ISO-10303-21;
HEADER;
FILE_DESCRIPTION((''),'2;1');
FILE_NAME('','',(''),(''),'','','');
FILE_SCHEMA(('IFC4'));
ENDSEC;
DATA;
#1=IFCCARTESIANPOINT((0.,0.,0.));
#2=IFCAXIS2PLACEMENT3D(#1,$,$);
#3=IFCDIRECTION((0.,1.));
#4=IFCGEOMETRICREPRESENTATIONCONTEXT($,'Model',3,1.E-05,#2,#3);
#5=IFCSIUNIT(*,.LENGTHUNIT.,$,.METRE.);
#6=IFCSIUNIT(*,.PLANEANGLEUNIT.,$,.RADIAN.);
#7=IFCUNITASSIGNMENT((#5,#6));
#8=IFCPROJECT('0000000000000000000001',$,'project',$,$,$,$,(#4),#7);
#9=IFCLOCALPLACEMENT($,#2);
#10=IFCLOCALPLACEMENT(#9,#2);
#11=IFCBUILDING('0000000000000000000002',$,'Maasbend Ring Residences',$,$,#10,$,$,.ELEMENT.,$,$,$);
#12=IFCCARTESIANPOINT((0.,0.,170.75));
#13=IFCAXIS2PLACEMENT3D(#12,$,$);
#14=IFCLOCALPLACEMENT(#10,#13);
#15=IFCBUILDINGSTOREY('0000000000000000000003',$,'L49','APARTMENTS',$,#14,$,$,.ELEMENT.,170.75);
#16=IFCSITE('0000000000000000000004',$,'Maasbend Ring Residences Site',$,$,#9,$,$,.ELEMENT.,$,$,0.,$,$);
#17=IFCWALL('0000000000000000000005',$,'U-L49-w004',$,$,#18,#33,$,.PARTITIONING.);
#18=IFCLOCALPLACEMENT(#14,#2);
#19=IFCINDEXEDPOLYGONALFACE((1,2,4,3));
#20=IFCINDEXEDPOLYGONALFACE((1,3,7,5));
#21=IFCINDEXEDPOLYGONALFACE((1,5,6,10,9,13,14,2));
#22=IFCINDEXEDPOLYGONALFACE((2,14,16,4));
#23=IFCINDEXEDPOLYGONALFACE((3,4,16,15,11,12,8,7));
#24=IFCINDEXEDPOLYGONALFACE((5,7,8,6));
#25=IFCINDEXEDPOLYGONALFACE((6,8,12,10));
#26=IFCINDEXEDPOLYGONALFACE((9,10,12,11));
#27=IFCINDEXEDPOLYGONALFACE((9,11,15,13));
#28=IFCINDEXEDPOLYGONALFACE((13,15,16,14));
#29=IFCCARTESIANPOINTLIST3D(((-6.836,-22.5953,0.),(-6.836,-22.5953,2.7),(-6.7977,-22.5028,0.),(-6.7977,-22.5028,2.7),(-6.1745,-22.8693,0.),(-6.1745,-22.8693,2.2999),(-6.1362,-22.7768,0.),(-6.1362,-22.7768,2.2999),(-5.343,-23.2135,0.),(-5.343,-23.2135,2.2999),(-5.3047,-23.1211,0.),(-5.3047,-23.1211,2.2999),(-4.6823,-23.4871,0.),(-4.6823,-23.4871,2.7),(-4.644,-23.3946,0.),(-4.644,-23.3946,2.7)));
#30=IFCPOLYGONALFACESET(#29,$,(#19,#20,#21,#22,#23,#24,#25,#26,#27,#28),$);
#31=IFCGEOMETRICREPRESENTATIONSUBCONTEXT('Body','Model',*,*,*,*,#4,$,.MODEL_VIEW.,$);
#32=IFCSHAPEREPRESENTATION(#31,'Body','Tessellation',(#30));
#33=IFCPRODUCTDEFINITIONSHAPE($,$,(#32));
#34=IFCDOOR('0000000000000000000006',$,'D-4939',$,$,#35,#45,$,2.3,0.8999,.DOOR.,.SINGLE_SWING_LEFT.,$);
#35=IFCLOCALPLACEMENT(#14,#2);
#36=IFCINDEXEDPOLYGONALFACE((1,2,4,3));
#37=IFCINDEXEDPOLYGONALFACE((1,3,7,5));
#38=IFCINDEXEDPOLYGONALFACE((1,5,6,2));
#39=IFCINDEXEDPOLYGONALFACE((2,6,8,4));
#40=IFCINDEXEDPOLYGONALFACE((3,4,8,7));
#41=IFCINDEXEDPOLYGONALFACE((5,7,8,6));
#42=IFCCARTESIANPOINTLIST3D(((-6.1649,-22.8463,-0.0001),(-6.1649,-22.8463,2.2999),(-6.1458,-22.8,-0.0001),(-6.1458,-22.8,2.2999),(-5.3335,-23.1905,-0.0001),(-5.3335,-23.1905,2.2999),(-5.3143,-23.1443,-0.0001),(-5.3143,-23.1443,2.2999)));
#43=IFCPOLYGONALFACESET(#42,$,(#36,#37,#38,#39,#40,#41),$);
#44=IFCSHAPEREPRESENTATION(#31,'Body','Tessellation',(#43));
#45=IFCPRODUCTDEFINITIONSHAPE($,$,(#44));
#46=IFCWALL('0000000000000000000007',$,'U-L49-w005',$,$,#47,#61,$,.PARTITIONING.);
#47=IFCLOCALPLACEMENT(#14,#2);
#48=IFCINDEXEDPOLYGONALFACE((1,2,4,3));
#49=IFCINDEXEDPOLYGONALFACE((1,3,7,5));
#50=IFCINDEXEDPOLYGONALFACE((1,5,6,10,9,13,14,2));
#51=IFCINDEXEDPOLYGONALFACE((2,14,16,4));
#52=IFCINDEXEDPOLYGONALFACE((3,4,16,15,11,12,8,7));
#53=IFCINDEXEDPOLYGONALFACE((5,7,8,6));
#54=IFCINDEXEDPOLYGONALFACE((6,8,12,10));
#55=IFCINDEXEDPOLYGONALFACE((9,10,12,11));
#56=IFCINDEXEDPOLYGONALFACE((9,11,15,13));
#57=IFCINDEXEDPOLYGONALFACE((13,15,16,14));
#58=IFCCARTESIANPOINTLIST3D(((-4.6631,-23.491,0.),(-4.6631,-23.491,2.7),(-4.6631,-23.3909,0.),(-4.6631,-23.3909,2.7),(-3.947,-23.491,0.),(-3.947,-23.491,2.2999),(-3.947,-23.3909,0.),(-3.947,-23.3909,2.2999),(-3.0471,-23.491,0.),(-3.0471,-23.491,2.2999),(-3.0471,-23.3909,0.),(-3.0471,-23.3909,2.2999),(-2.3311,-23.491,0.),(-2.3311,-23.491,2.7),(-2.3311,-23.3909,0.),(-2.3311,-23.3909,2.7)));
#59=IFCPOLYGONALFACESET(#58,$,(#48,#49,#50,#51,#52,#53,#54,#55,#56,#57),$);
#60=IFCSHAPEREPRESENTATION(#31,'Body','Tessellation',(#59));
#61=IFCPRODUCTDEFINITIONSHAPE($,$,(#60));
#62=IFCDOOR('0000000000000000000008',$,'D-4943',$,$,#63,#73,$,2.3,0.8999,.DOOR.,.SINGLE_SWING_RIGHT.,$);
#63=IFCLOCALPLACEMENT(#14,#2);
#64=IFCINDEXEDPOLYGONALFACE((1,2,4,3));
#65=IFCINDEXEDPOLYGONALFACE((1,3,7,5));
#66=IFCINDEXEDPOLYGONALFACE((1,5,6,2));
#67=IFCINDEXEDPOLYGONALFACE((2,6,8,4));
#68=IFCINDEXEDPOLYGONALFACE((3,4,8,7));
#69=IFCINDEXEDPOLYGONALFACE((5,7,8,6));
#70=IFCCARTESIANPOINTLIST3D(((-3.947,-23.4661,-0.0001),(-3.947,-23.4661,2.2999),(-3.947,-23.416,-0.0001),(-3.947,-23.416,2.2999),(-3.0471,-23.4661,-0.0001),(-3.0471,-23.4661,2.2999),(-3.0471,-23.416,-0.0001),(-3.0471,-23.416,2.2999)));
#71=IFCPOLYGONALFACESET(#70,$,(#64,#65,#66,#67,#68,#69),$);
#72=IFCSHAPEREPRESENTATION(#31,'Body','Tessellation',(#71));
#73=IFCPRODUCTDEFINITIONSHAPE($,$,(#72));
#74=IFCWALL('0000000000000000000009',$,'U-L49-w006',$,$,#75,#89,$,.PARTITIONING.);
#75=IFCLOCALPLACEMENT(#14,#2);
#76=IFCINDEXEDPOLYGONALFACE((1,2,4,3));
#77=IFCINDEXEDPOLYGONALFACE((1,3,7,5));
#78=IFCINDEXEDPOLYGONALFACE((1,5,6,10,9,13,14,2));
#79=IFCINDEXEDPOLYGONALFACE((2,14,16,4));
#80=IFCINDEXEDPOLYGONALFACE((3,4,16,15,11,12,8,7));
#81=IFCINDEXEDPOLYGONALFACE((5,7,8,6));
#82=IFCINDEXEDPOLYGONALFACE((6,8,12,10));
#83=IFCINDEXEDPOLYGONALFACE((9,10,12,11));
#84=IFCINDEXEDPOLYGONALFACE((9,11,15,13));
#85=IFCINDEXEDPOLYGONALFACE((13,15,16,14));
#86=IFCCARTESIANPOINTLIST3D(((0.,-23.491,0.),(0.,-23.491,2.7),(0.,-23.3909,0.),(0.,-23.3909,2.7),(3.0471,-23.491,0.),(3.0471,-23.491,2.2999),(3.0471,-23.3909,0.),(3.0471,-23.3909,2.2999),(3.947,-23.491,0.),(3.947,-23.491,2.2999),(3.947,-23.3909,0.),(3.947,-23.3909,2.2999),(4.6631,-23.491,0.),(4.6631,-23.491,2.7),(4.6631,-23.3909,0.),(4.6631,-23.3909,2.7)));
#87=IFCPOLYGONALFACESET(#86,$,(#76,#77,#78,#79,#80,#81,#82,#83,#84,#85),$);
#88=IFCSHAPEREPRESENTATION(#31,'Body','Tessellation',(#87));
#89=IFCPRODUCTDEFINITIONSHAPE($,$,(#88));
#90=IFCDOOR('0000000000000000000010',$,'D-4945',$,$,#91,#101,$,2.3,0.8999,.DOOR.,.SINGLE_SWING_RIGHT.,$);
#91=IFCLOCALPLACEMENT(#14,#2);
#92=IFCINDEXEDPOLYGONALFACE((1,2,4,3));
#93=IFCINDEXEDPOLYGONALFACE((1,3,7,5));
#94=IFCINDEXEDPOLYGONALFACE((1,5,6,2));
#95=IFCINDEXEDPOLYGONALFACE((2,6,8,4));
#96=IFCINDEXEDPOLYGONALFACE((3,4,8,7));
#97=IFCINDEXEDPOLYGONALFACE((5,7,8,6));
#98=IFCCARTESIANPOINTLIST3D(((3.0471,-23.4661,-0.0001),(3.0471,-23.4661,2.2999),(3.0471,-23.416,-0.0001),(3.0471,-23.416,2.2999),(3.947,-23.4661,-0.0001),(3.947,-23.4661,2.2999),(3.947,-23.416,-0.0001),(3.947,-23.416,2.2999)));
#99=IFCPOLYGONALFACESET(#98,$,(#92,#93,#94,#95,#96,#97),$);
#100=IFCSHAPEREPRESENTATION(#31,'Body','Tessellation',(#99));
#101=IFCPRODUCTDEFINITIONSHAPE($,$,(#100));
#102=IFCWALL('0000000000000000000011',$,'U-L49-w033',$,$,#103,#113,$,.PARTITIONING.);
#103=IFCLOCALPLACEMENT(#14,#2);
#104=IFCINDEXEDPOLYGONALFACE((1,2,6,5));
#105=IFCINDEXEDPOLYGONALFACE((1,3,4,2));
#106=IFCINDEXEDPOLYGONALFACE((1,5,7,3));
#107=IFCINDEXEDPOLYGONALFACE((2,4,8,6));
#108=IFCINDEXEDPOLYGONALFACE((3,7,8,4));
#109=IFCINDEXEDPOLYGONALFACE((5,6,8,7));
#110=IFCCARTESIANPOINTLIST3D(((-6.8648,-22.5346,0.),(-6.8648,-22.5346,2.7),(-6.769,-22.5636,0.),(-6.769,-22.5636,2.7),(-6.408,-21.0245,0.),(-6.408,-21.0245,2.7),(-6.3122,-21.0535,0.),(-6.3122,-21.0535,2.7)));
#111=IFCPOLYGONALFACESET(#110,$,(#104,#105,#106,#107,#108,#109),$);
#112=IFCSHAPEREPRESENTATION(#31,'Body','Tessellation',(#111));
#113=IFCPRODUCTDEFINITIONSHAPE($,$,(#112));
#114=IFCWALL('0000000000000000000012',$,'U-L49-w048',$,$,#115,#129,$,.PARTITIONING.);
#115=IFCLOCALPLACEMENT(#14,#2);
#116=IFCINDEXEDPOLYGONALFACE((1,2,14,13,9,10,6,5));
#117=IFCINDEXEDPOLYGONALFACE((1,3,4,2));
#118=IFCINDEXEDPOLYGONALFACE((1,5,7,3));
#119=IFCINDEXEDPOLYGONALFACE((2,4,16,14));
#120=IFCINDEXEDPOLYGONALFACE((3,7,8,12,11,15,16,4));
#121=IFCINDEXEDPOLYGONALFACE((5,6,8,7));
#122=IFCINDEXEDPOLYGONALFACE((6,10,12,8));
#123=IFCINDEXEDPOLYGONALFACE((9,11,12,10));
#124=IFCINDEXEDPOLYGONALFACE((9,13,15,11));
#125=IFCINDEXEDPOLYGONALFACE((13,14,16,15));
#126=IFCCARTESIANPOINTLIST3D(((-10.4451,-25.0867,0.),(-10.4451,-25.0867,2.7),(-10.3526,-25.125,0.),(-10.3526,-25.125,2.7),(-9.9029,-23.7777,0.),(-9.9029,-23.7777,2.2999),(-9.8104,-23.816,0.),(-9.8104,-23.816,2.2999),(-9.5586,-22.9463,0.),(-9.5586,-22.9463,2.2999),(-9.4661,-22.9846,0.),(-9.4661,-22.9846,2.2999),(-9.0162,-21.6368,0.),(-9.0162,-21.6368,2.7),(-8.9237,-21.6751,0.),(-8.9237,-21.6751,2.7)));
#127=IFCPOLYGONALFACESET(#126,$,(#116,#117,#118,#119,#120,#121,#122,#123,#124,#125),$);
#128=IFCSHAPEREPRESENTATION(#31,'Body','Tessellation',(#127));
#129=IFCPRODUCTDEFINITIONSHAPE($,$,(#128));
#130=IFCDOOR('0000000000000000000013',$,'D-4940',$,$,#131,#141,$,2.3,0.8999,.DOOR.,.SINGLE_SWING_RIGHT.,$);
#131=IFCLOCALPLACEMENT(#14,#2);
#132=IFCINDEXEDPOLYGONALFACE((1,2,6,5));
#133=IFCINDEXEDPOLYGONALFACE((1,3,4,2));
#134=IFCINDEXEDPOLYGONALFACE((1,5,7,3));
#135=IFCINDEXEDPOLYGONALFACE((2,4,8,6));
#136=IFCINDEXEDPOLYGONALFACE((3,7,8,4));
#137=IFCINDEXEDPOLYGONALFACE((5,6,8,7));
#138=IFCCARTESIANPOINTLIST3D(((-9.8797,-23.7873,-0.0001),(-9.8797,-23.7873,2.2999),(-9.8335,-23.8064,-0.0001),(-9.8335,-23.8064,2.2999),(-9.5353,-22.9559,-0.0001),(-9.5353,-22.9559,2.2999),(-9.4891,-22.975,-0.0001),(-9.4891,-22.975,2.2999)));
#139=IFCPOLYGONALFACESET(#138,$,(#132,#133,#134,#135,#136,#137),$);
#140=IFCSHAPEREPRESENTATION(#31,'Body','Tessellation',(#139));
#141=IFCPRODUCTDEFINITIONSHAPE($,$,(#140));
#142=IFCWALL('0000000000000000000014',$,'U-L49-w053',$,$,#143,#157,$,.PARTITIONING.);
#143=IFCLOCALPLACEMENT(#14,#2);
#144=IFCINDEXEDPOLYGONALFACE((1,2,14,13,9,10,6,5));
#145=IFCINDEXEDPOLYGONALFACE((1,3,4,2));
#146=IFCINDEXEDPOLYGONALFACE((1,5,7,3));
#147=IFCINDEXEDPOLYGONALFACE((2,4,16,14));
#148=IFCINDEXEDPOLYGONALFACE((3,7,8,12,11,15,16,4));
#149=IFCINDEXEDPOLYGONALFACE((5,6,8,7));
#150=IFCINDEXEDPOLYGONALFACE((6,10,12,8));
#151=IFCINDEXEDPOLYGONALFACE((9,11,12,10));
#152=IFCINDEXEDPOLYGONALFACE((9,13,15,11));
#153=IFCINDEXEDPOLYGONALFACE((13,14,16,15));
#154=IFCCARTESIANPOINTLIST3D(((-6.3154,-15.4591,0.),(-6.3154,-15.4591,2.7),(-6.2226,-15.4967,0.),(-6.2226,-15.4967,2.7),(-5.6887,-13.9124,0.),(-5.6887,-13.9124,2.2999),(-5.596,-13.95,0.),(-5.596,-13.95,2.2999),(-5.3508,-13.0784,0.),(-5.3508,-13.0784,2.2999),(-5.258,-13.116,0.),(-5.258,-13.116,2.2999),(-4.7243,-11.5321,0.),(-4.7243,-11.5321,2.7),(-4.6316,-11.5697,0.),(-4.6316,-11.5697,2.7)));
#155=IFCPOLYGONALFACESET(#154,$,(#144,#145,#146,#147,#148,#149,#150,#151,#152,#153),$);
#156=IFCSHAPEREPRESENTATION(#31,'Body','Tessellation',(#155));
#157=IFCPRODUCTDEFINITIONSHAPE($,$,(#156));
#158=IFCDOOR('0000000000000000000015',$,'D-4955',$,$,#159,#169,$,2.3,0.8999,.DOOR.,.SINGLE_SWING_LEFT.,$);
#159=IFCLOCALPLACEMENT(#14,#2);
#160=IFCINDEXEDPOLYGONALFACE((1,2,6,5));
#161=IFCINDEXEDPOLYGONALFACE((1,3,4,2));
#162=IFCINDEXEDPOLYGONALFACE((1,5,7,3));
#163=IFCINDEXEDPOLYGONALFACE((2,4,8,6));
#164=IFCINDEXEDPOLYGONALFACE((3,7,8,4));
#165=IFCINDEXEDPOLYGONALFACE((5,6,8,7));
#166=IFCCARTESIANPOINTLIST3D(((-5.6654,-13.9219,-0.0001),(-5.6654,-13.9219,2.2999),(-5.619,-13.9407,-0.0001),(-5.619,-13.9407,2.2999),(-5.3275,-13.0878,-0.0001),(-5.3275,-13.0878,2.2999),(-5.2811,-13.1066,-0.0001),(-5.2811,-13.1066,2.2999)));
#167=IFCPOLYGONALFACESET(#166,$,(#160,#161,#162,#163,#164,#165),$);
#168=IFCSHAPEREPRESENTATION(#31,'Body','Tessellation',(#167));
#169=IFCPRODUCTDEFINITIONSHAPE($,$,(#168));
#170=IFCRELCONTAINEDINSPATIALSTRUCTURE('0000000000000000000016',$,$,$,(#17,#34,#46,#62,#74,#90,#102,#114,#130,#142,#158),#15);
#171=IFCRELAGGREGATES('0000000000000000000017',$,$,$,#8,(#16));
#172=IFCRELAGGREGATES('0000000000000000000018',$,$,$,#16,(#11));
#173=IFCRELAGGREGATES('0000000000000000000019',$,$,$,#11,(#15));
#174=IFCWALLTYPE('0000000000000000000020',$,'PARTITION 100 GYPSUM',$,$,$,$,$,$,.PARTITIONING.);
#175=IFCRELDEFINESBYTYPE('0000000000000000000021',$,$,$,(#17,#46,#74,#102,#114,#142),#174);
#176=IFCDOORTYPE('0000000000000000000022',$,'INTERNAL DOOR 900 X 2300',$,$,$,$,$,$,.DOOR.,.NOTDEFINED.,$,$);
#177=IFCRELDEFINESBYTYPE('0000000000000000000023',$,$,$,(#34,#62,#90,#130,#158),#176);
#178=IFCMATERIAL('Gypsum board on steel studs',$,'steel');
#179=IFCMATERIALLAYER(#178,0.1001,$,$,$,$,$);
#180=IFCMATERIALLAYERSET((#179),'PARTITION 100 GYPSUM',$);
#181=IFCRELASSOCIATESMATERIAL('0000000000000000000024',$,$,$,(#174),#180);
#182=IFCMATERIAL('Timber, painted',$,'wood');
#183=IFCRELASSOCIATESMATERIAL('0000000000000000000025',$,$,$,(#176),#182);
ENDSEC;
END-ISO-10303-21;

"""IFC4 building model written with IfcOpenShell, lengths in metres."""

from ifc_helpers import new_model, si_unit, direction, frame, frame_2d, origin, place, context, subcontext, project, spatial, rectangle, extrude, material, layer, layer_set, type_object, element, fill, save


model = new_model("IFC4")

# Units and contexts
model_context = context("Model", 3, precision=1e-05, world=origin(), true_north=direction((0.0, 1.0)))
body_context = subcontext(model_context, "Body", "Model", "MODEL_VIEW")
ifc_project = project(units=[si_unit("LENGTHUNIT", "METRE"), si_unit("PLANEANGLEUNIT", "RADIAN")], contexts=[model_context])

# Site, building, storey
site_placement = place(None, origin())
site = spatial("IfcSite", under=ifc_project, at=site_placement, Name="Maasbend Ring Residences Site", CompositionType="ELEMENT", RefElevation=0.0)
building_placement = place(site_placement, origin())
building = spatial("IfcBuilding", under=site, at=building_placement, Name="Maasbend Ring Residences", CompositionType="ELEMENT")
storey_placement = place(building_placement, frame((0.0, 0.0, 170.75)))
storey = spatial("IfcBuildingStorey", under=building, at=storey_placement, Name="L49", Description="APARTMENTS", CompositionType="ELEMENT", Elevation=170.75)

# Walls, openings, doors
ifc_material_1 = material(Name="Gypsum board on steel studs", Category="steel")
ifc_layer_1 = layer(ifc_material_1, 0.1001)
ifc_layer_set_1 = layer_set([ifc_layer_1], Name="PARTITION 100 GYPSUM")
wall_type_1 = type_object("IfcWallType", Name="PARTITION 100 GYPSUM", PredefinedType="PARTITIONING", material=ifc_layer_set_1)
wall_1_placement = place(storey_placement, frame((-6.8169, -22.5491, 0.0), z_axis=(0.0, 0.0, 1.0), x_axis=(0.923924, -0.382577, 0.0)))
wall_1 = element("IfcWall", 1, at=wall_1_placement, inside=storey, type_object=wall_type_1, Name="U-L49-w004", PredefinedType="PARTITIONING", context=body_context, shape_type="SweptSolid", body=[
    extrude(rectangle(XDim=2.3311, YDim=0.1001, at=frame_2d((1.1655, 0.0))), origin(), (0.0, 0.0, 1.0), 2.7),
])
opening_1_placement = place(wall_1_placement, frame((0.7161, 0.0, 0.0)))
opening_1 = element("IfcOpeningElement", 2, at=opening_1_placement, cuts=wall_1, PredefinedType="OPENING", context=body_context, shape_type="SweptSolid", body=[
    extrude(rectangle(XDim=0.8999, YDim=2.3, at=frame_2d((0.45, 1.1499))), frame((0.0, 0.0601, 0.0), z_axis=(0.0, -1.0, 0.0), x_axis=(1.0, 0.0, 0.0)), (0.0, 0.0, 1.0), 0.1201),
])
ifc_material_2 = material(Name="Timber, painted", Category="wood")
door_type_1 = type_object("IfcDoorType", Name="INTERNAL DOOR 900 X 2300", OperationType="NOTDEFINED", PredefinedType="DOOR", material=ifc_material_2)
door_1_placement = place(opening_1_placement, origin())
door_1 = element("IfcDoor", 3, at=door_1_placement, inside=storey, type_object=door_type_1, Name="D-4939", OperationType="SINGLE_SWING_LEFT", OverallHeight=2.3, OverallWidth=0.8999, PredefinedType="DOOR", context=body_context, shape_type="SweptSolid", body=[
    extrude(rectangle(XDim=0.8999, YDim=2.3, at=frame_2d((0.45, 1.1499))), frame((0.0, 0.0249, 0.0), z_axis=(0.0, -1.0, 0.0), x_axis=(1.0, 0.0, 0.0)), (0.0, 0.0, 1.0), 0.05),
])
fill(opening_1, door_1)
wall_2_placement = place(storey_placement, frame((-4.6631, -23.4409, 0.0), z_axis=(0.0, 0.0, 1.0), x_axis=(1.0, 0.0, 0.0)))
wall_2 = element("IfcWall", 4, at=wall_2_placement, inside=storey, type_object=wall_type_1, Name="U-L49-w005", PredefinedType="PARTITIONING", context=body_context, shape_type="SweptSolid", body=[
    extrude(rectangle(XDim=2.332, YDim=0.1001, at=frame_2d((1.166, 0.0))), origin(), (0.0, 0.0, 1.0), 2.7),
])
opening_2_placement = place(wall_2_placement, frame((0.7161, 0.0, 0.0)))
opening_2 = element("IfcOpeningElement", 5, at=opening_2_placement, cuts=wall_2, PredefinedType="OPENING", context=body_context, shape_type="SweptSolid", body=[
    extrude(rectangle(XDim=0.8999, YDim=2.3, at=frame_2d((0.45, 1.1499))), frame((0.0, 0.0601, 0.0), z_axis=(0.0, -1.0, 0.0), x_axis=(1.0, 0.0, 0.0)), (0.0, 0.0, 1.0), 0.1201),
])
door_2_placement = place(opening_2_placement, origin())
door_2 = element("IfcDoor", 6, at=door_2_placement, inside=storey, type_object=door_type_1, Name="D-4943", OperationType="SINGLE_SWING_RIGHT", OverallHeight=2.3, OverallWidth=0.8999, PredefinedType="DOOR", context=body_context, shape_type="SweptSolid", body=[
    extrude(rectangle(XDim=0.8999, YDim=2.3, at=frame_2d((0.45, 1.1499))), frame((0.0, 0.0249, 0.0), z_axis=(0.0, -1.0, 0.0), x_axis=(1.0, 0.0, 0.0)), (0.0, 0.0, 1.0), 0.05),
])
fill(opening_2, door_2)
wall_3_placement = place(storey_placement, frame((0.0, -23.4409, 0.0), z_axis=(0.0, 0.0, 1.0), x_axis=(1.0, 0.0, 0.0)))
wall_3 = element("IfcWall", 7, at=wall_3_placement, inside=storey, type_object=wall_type_1, Name="U-L49-w006", PredefinedType="PARTITIONING", context=body_context, shape_type="SweptSolid", body=[
    extrude(rectangle(XDim=4.6631, YDim=0.1001, at=frame_2d((2.3315, 0.0))), origin(), (0.0, 0.0, 1.0), 2.7),
])
opening_3_placement = place(wall_3_placement, frame((3.0471, 0.0, 0.0)))
opening_3 = element("IfcOpeningElement", 8, at=opening_3_placement, cuts=wall_3, PredefinedType="OPENING", context=body_context, shape_type="SweptSolid", body=[
    extrude(rectangle(XDim=0.8999, YDim=2.3, at=frame_2d((0.45, 1.1499))), frame((0.0, 0.0601, 0.0), z_axis=(0.0, -1.0, 0.0), x_axis=(1.0, 0.0, 0.0)), (0.0, 0.0, 1.0), 0.1201),
])
door_3_placement = place(opening_3_placement, origin())
door_3 = element("IfcDoor", 9, at=door_3_placement, inside=storey, type_object=door_type_1, Name="D-4945", OperationType="SINGLE_SWING_RIGHT", OverallHeight=2.3, OverallWidth=0.8999, PredefinedType="DOOR", context=body_context, shape_type="SweptSolid", body=[
    extrude(rectangle(XDim=0.8999, YDim=2.3, at=frame_2d((0.45, 1.1499))), frame((0.0, 0.0249, 0.0), z_axis=(0.0, -1.0, 0.0), x_axis=(1.0, 0.0, 0.0)), (0.0, 0.0, 1.0), 0.05),
])
fill(opening_3, door_3)

# Wall
wall_4_placement = place(storey_placement, frame((-6.8169, -22.5491, 0.0), z_axis=(0.0, 0.0, 1.0), x_axis=(0.289548, 0.957164, 0.0)))
element("IfcWall", 10, at=wall_4_placement, inside=storey, type_object=wall_type_1, Name="U-L49-w033", PredefinedType="PARTITIONING", context=body_context, shape_type="SweptSolid", body=[
    extrude(rectangle(XDim=1.5776, YDim=0.1001, at=frame_2d((0.7888, 0.0))), origin(), (0.0, 0.0, 1.0), 2.7),
])

# Walls, openings, doors
wall_5_placement = place(storey_placement, frame((-10.3989, -25.106, 0.0), z_axis=(0.0, 0.0, 1.0), x_axis=(0.382669, 0.923885, 0.0)))
wall_5 = element("IfcWall", 11, at=wall_5_placement, inside=storey, type_object=wall_type_1, Name="U-L49-w048", PredefinedType="PARTITIONING", context=body_context, shape_type="SweptSolid", body=[
    extrude(rectangle(XDim=3.7341, YDim=0.1001, at=frame_2d((1.8672, 0.0))), origin(), (0.0, 0.0, 1.0), 2.7),
])
opening_4_placement = place(wall_5_placement, frame((1.417, 0.0, 0.0)))
opening_4 = element("IfcOpeningElement", 12, at=opening_4_placement, cuts=wall_5, PredefinedType="OPENING", context=body_context, shape_type="SweptSolid", body=[
    extrude(rectangle(XDim=0.8999, YDim=2.3, at=frame_2d((0.45, 1.1499))), frame((0.0, 0.0601, 0.0), z_axis=(0.0, -1.0, 0.0), x_axis=(1.0, 0.0, 0.0)), (0.0, 0.0, 1.0), 0.1201),
])
door_4_placement = place(opening_4_placement, origin())
door_4 = element("IfcDoor", 13, at=door_4_placement, inside=storey, type_object=door_type_1, Name="D-4940", OperationType="SINGLE_SWING_RIGHT", OverallHeight=2.3, OverallWidth=0.8999, PredefinedType="DOOR", context=body_context, shape_type="SweptSolid", body=[
    extrude(rectangle(XDim=0.8999, YDim=2.3, at=frame_2d((0.45, 1.1499))), frame((0.0, 0.0249, 0.0), z_axis=(0.0, -1.0, 0.0), x_axis=(1.0, 0.0, 0.0)), (0.0, 0.0, 1.0), 0.05),
])
fill(opening_4, door_4)
wall_6_placement = place(storey_placement, frame((-6.269, -15.478, 0.0), z_axis=(0.0, 0.0, 1.0), x_axis=(0.37551, 0.926818, 0.0)))
wall_6 = element("IfcWall", 14, at=wall_6_placement, inside=storey, type_object=wall_type_1, Name="U-L49-w053", PredefinedType="PARTITIONING", context=body_context, shape_type="SweptSolid", body=[
    extrude(rectangle(XDim=4.2371, YDim=0.1001, at=frame_2d((2.1187, 0.0))), origin(), (0.0, 0.0, 1.0), 2.7),
])
opening_5_placement = place(wall_6_placement, frame((1.6689, 0.0, 0.0)))
opening_5 = element("IfcOpeningElement", 15, at=opening_5_placement, cuts=wall_6, PredefinedType="OPENING", context=body_context, shape_type="SweptSolid", body=[
    extrude(rectangle(XDim=0.8999, YDim=2.3, at=frame_2d((0.45, 1.1499))), frame((0.0, 0.0601, 0.0), z_axis=(0.0, -1.0, 0.0), x_axis=(1.0, 0.0, 0.0)), (0.0, 0.0, 1.0), 0.1201),
])
door_5_placement = place(opening_5_placement, origin())
door_5 = element("IfcDoor", 16, at=door_5_placement, inside=storey, type_object=door_type_1, Name="D-4955", OperationType="SINGLE_SWING_LEFT", OverallHeight=2.3, OverallWidth=0.8999, PredefinedType="DOOR", context=body_context, shape_type="SweptSolid", body=[
    extrude(rectangle(XDim=0.8999, YDim=2.3, at=frame_2d((0.45, 1.1499))), frame((0.0, 0.0249, 0.0), z_axis=(0.0, -1.0, 0.0), x_axis=(1.0, 0.0, 0.0)), (0.0, 0.0, 1.0), 0.05),
])
fill(opening_5, door_5)

save(model, "model.ifc")
